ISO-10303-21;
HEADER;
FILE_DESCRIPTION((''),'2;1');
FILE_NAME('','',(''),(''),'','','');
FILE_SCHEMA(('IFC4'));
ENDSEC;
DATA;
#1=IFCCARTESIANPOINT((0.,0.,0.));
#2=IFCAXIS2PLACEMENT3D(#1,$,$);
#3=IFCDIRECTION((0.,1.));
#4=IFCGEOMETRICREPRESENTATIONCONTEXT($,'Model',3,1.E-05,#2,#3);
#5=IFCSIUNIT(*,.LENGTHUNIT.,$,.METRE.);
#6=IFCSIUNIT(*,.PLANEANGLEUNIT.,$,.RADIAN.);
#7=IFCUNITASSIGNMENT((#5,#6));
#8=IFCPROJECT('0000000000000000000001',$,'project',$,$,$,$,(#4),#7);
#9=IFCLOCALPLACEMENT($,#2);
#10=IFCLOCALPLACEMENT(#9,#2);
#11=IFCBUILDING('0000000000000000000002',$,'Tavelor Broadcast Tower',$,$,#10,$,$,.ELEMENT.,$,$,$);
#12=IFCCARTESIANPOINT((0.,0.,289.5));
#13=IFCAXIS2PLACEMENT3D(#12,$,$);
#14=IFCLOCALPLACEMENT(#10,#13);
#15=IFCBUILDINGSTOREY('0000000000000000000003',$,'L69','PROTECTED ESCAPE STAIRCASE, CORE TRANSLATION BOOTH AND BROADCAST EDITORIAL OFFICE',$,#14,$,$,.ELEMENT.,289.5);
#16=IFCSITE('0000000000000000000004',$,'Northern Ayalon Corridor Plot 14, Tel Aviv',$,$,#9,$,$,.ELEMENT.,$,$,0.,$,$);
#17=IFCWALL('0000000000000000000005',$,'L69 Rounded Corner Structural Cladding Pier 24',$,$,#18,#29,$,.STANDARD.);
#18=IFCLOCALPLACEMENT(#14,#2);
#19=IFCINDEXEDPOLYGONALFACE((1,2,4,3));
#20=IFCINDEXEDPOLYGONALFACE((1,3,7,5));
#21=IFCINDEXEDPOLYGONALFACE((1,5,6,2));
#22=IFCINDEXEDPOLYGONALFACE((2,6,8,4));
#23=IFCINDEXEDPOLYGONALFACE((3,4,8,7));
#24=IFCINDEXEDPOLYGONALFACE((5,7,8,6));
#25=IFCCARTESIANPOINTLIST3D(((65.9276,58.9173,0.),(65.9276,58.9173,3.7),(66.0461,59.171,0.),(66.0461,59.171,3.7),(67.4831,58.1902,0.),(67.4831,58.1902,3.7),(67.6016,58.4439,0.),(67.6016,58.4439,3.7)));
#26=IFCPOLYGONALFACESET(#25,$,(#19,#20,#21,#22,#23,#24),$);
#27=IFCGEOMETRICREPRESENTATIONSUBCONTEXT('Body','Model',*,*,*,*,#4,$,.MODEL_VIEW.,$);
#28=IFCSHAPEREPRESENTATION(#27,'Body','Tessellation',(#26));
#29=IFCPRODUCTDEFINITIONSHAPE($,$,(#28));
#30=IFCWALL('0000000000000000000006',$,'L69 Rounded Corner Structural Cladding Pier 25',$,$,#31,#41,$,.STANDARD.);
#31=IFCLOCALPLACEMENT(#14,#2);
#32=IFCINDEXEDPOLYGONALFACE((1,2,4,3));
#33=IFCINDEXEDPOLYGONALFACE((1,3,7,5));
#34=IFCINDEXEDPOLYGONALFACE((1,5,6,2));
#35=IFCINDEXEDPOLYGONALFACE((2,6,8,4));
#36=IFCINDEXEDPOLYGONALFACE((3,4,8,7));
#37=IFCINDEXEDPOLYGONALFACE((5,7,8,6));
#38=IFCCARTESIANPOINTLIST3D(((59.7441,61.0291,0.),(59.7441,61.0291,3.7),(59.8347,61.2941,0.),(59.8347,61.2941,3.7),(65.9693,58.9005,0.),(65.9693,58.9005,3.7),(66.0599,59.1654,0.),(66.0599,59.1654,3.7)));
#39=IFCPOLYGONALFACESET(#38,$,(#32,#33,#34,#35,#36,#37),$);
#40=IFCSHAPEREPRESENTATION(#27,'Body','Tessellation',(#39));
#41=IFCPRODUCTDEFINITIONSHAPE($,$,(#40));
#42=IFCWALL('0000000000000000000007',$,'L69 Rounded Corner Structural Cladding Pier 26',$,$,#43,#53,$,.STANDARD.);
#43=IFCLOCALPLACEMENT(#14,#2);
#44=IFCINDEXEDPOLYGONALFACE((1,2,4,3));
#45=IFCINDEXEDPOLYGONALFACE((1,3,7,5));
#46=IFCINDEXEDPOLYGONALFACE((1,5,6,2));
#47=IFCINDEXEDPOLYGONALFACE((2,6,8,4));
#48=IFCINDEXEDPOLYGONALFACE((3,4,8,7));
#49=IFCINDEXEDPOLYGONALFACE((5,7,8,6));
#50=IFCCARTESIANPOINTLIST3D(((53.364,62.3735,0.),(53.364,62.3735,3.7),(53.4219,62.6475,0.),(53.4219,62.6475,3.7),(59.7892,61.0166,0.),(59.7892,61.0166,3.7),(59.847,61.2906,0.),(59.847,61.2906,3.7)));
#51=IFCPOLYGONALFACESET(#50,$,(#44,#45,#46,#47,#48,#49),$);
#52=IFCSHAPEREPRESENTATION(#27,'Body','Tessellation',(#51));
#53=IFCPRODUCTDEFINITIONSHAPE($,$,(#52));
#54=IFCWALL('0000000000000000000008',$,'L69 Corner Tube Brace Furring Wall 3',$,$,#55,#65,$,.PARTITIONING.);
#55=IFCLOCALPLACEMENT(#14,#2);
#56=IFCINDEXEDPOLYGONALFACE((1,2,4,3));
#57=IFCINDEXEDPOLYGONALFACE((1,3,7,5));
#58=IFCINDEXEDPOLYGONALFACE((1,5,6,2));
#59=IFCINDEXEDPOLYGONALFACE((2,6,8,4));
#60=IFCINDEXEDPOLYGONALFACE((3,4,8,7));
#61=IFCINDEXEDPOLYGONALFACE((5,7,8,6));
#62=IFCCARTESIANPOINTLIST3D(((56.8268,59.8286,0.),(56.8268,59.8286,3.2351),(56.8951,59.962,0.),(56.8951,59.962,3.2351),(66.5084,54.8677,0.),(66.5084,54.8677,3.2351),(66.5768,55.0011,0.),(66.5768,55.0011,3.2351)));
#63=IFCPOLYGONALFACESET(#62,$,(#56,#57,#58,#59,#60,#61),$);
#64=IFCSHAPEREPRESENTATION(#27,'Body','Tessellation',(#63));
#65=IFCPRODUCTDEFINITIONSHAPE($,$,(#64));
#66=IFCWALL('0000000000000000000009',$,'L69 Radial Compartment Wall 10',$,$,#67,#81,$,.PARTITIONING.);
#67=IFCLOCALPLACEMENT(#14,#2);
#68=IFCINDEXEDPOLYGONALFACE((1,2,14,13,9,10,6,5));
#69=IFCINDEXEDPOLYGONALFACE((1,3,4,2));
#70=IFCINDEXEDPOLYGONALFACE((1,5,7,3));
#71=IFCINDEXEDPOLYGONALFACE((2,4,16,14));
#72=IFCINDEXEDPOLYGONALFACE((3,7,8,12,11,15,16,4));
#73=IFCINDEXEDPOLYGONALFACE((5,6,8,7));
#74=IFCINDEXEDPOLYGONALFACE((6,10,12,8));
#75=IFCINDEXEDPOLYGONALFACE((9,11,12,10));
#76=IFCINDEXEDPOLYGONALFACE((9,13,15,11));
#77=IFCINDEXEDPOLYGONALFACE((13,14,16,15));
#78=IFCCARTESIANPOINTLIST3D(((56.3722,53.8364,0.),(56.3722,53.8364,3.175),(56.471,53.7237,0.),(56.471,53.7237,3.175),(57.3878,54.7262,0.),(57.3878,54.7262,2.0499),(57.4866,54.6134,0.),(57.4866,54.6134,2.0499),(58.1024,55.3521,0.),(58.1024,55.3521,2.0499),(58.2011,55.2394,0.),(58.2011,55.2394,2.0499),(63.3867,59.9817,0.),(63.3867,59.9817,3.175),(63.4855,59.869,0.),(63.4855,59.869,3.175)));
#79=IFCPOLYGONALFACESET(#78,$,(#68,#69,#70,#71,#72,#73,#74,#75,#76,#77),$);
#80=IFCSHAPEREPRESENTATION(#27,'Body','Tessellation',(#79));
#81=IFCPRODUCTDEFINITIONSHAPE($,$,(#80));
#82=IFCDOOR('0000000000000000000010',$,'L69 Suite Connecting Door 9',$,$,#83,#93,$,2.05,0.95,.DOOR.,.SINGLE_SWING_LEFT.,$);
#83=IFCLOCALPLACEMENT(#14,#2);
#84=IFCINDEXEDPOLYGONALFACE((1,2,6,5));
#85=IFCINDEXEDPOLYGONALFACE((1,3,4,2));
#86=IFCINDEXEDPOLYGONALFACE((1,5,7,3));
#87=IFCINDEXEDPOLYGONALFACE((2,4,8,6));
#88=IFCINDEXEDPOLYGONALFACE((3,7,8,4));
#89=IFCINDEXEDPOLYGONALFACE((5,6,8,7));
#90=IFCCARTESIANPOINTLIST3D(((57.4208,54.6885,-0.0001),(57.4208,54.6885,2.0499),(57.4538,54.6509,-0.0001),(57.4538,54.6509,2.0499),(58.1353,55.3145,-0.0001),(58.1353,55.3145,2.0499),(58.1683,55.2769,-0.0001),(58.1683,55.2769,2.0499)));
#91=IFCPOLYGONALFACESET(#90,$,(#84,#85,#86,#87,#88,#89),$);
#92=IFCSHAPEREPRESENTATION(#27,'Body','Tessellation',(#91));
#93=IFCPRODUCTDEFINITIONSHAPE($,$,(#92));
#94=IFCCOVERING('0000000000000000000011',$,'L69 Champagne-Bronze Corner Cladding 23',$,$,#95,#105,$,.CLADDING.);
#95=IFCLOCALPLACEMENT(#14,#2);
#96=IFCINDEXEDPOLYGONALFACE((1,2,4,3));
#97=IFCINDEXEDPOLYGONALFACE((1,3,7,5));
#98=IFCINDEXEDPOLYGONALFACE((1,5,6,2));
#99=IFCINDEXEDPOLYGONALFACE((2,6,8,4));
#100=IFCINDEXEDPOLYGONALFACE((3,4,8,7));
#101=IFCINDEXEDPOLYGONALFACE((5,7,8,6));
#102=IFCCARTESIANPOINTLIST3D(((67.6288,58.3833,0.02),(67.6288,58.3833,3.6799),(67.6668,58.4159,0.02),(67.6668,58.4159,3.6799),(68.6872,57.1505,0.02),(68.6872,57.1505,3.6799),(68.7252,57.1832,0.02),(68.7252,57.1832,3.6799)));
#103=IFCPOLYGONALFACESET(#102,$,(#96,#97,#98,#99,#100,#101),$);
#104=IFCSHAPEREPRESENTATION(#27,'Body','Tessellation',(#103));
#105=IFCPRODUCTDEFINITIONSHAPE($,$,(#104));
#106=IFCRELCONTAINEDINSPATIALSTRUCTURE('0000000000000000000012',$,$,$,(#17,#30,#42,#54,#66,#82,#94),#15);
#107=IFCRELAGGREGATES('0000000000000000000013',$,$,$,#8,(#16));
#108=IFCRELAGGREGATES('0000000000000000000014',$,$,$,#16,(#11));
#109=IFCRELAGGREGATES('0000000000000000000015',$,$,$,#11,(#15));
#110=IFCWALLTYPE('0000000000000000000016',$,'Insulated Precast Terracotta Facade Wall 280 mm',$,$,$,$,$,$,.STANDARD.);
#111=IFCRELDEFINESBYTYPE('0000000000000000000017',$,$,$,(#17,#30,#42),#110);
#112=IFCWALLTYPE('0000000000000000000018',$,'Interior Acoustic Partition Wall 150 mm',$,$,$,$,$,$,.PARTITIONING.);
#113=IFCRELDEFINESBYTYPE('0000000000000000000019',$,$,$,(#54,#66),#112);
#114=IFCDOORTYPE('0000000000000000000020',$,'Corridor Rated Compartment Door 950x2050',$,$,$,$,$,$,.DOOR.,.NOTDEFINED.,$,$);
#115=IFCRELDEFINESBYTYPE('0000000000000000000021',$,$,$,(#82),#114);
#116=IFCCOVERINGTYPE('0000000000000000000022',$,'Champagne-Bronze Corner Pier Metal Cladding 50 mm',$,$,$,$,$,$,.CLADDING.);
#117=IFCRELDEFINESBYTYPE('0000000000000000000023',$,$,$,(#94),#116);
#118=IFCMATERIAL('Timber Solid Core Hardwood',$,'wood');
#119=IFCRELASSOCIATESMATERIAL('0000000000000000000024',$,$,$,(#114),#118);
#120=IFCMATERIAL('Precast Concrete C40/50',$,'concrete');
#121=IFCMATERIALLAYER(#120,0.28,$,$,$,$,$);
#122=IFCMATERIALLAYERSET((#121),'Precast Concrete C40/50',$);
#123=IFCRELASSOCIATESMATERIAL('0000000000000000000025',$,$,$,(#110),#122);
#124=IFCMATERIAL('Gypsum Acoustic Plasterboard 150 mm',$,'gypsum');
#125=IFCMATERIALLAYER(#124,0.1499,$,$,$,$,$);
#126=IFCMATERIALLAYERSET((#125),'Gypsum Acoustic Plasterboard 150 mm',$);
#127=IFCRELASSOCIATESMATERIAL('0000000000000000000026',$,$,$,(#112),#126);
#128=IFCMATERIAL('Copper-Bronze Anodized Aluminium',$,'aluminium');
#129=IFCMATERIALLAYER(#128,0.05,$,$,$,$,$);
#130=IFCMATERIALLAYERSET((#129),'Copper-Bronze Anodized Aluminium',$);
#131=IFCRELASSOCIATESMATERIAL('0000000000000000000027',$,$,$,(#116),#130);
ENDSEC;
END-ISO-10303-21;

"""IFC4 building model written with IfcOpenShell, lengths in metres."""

from ifc_helpers import new_model, si_unit, direction, frame, frame_2d, origin, origin_2d, place, context, subcontext, project, spatial, rectangle, extrude, material, layer, layer_set, type_object, element, fill, save


model = new_model("IFC4")

# Units and contexts
model_context = context("Model", 3, precision=1e-05, world=origin(), true_north=direction((0.0, 1.0)))
body_context = subcontext(model_context, "Body", "Model", "MODEL_VIEW")
ifc_project = project(units=[si_unit("LENGTHUNIT", "METRE"), si_unit("PLANEANGLEUNIT", "RADIAN")], contexts=[model_context])

# Site, building, storey
site_placement = place(None, origin())
site = spatial("IfcSite", under=ifc_project, at=site_placement, Name="Northern Ayalon Corridor Plot 14, Tel Aviv", CompositionType="ELEMENT", RefElevation=0.0)
building_placement = place(site_placement, origin())
building = spatial("IfcBuilding", under=site, at=building_placement, Name="Tavelor Broadcast Tower", CompositionType="ELEMENT")
storey_placement = place(building_placement, frame((0.0, 0.0, 289.5)))
storey = spatial("IfcBuildingStorey", under=building, at=storey_placement, Name="L69", Description="PROTECTED ESCAPE STAIRCASE, CORE TRANSLATION BOOTH AND BROADCAST EDITORIAL OFFICE", CompositionType="ELEMENT", Elevation=289.5)

# Shared definitions
ifc_material_1 = material(Name="Timber Solid Core Hardwood", Category="wood")
door_type = type_object("IfcDoorType", Name="Corridor Rated Compartment Door 950x2050", OperationType="NOTDEFINED", PredefinedType="DOOR", material=ifc_material_1)

# Walls
ifc_material_2 = material(Name="Precast Concrete C40/50", Category="concrete")
ifc_layer_1 = layer(ifc_material_2, 0.28)
ifc_layer_set_1 = layer_set([ifc_layer_1], Name="Precast Concrete C40/50")
wall_type_1 = type_object("IfcWallType", Name="Insulated Precast Terracotta Facade Wall 280 mm", PredefinedType="STANDARD", material=ifc_layer_set_1)
wall_1_placement = place(storey_placement, frame((67.5422, 58.3171, 0.0), z_axis=(0.0, 0.0, 1.0), x_axis=(-0.905918, 0.423454, 0.0)))
element("IfcWall", 1, at=wall_1_placement, inside=storey, type_object=wall_type_1, Name="L69 Rounded Corner Structural Cladding Pier 24", PredefinedType="STANDARD", context=body_context, shape_type="SweptSolid", body=[
    extrude(rectangle(XDim=1.717, YDim=0.28, at=frame_2d((0.8584, 0.0))), origin(), (0.0, 0.0, 1.0), 3.7),
])
wall_2_placement = place(storey_placement, frame((66.0146, 59.033, 0.0), z_axis=(0.0, 0.0, 1.0), x_axis=(-0.946213, 0.323543, 0.0)))
element("IfcWall", 2, at=wall_2_placement, inside=storey, type_object=wall_type_1, Name="L69 Rounded Corner Structural Cladding Pier 25", PredefinedType="STANDARD", context=body_context, shape_type="SweptSolid", body=[
    extrude(rectangle(XDim=6.5791, YDim=0.28, at=frame_2d((3.2896, 0.0))), origin(), (0.0, 0.0, 1.0), 3.7),
])
wall_3_placement = place(storey_placement, frame((59.8181, 61.1536, 0.0), z_axis=(0.0, 0.0, 1.0), x_axis=(-0.978419, 0.206629, 0.0)))
element("IfcWall", 3, at=wall_3_placement, inside=storey, type_object=wall_type_1, Name="L69 Rounded Corner Structural Cladding Pier 26", PredefinedType="STANDARD", context=body_context, shape_type="SweptSolid", body=[
    extrude(rectangle(XDim=6.5669, YDim=0.28, at=frame_2d((3.2834, 0.0))), origin(), (0.0, 0.0, 1.0), 3.7),
])
ifc_material_3 = material(Name="Gypsum Acoustic Plasterboard 150 mm", Category="gypsum")
ifc_layer_2 = layer(ifc_material_3, 0.1499)
ifc_layer_set_2 = layer_set([ifc_layer_2], Name="Gypsum Acoustic Plasterboard 150 mm")
wall_type_2 = type_object("IfcWallType", Name="Interior Acoustic Partition Wall 150 mm", PredefinedType="PARTITIONING", material=ifc_layer_set_2)
wall_4_placement = place(storey_placement, frame((66.5427, 54.9343, 0.0), z_axis=(0.0, 0.0, 1.0), x_axis=(-0.889967, 0.456025, 0.0)))
element("IfcWall", 4, at=wall_4_placement, inside=storey, type_object=wall_type_2, Name="L69 Corner Tube Brace Furring Wall 3", PredefinedType="PARTITIONING", context=body_context, shape_type="SweptSolid", body=[
    extrude(rectangle(XDim=10.8787, YDim=0.1499, at=frame_2d((5.4395, 0.0))), origin(), (0.0, 0.0, 1.0), 3.2351),
])

# Wall, opening, door
wall_5_placement = place(storey_placement, frame((56.4216, 53.78, 0.0), z_axis=(0.0, 0.0, 1.0), x_axis=(0.752169, 0.65897, 0.0)))
wall_5 = element("IfcWall", 5, at=wall_5_placement, inside=storey, type_object=wall_type_2, Name="L69 Radial Compartment Wall 10", PredefinedType="PARTITIONING", context=body_context, shape_type="SweptSolid", body=[
    extrude(rectangle(XDim=9.3257, YDim=0.1499, at=frame_2d((4.6628, 0.0))), origin(), (0.0, 0.0, 1.0), 3.175),
])
opening_1_placement = place(wall_5_placement, frame((1.3501, 0.0, 0.0)))
opening_1 = element("IfcOpeningElement", 6, at=opening_1_placement, cuts=wall_5, PredefinedType="OPENING", context=body_context, shape_type="SweptSolid", body=[
    extrude(rectangle(XDim=0.95, YDim=2.05, at=frame_2d((0.4751, 1.0249))), frame((0.0, 0.085, 0.0), z_axis=(0.0, -1.0, 0.0), x_axis=(1.0, 0.0, 0.0)), (0.0, 0.0, 1.0), 0.1699),
])
door_1_placement = place(opening_1_placement, origin())
door_1 = element("IfcDoor", 7, at=door_1_placement, inside=storey, type_object=door_type, Name="L69 Suite Connecting Door 9", OperationType="SINGLE_SWING_LEFT", OverallHeight=2.05, OverallWidth=0.95, PredefinedType="DOOR", context=body_context, shape_type="SweptSolid", body=[
    extrude(rectangle(XDim=0.95, YDim=2.05, at=frame_2d((0.4751, 1.0249))), frame((0.0, 0.0249, 0.0), z_axis=(0.0, -1.0, 0.0), x_axis=(1.0, 0.0, 0.0)), (0.0, 0.0, 1.0), 0.05),
])
fill(opening_1, door_1)

# Covering
ifc_material_4 = material(Name="Copper-Bronze Anodized Aluminium", Category="aluminium")
ifc_layer_3 = layer(ifc_material_4, 0.05)
ifc_layer_set_3 = layer_set([ifc_layer_3], Name="Copper-Bronze Anodized Aluminium")
covering_type = type_object("IfcCoveringType", Name="Champagne-Bronze Corner Pier Metal Cladding 50 mm", PredefinedType="CLADDING", material=ifc_layer_set_3)
covering_placement = place(storey_placement, frame((68.177, 57.7832, 0.02), z_axis=(0.0, 0.0, 1.0), x_axis=(-0.651437, 0.758703, 0.0)))
element("IfcCovering", 8, at=covering_placement, inside=storey, type_object=covering_type, Name="L69 Champagne-Bronze Corner Cladding 23", PredefinedType="CLADDING", context=body_context, shape_type="SweptSolid", body=[
    extrude(rectangle(XDim=1.6248, YDim=0.05, at=origin_2d()), origin(), (0.0, 0.0, 1.0), 3.6599),
])

save(model, "model.ifc")
